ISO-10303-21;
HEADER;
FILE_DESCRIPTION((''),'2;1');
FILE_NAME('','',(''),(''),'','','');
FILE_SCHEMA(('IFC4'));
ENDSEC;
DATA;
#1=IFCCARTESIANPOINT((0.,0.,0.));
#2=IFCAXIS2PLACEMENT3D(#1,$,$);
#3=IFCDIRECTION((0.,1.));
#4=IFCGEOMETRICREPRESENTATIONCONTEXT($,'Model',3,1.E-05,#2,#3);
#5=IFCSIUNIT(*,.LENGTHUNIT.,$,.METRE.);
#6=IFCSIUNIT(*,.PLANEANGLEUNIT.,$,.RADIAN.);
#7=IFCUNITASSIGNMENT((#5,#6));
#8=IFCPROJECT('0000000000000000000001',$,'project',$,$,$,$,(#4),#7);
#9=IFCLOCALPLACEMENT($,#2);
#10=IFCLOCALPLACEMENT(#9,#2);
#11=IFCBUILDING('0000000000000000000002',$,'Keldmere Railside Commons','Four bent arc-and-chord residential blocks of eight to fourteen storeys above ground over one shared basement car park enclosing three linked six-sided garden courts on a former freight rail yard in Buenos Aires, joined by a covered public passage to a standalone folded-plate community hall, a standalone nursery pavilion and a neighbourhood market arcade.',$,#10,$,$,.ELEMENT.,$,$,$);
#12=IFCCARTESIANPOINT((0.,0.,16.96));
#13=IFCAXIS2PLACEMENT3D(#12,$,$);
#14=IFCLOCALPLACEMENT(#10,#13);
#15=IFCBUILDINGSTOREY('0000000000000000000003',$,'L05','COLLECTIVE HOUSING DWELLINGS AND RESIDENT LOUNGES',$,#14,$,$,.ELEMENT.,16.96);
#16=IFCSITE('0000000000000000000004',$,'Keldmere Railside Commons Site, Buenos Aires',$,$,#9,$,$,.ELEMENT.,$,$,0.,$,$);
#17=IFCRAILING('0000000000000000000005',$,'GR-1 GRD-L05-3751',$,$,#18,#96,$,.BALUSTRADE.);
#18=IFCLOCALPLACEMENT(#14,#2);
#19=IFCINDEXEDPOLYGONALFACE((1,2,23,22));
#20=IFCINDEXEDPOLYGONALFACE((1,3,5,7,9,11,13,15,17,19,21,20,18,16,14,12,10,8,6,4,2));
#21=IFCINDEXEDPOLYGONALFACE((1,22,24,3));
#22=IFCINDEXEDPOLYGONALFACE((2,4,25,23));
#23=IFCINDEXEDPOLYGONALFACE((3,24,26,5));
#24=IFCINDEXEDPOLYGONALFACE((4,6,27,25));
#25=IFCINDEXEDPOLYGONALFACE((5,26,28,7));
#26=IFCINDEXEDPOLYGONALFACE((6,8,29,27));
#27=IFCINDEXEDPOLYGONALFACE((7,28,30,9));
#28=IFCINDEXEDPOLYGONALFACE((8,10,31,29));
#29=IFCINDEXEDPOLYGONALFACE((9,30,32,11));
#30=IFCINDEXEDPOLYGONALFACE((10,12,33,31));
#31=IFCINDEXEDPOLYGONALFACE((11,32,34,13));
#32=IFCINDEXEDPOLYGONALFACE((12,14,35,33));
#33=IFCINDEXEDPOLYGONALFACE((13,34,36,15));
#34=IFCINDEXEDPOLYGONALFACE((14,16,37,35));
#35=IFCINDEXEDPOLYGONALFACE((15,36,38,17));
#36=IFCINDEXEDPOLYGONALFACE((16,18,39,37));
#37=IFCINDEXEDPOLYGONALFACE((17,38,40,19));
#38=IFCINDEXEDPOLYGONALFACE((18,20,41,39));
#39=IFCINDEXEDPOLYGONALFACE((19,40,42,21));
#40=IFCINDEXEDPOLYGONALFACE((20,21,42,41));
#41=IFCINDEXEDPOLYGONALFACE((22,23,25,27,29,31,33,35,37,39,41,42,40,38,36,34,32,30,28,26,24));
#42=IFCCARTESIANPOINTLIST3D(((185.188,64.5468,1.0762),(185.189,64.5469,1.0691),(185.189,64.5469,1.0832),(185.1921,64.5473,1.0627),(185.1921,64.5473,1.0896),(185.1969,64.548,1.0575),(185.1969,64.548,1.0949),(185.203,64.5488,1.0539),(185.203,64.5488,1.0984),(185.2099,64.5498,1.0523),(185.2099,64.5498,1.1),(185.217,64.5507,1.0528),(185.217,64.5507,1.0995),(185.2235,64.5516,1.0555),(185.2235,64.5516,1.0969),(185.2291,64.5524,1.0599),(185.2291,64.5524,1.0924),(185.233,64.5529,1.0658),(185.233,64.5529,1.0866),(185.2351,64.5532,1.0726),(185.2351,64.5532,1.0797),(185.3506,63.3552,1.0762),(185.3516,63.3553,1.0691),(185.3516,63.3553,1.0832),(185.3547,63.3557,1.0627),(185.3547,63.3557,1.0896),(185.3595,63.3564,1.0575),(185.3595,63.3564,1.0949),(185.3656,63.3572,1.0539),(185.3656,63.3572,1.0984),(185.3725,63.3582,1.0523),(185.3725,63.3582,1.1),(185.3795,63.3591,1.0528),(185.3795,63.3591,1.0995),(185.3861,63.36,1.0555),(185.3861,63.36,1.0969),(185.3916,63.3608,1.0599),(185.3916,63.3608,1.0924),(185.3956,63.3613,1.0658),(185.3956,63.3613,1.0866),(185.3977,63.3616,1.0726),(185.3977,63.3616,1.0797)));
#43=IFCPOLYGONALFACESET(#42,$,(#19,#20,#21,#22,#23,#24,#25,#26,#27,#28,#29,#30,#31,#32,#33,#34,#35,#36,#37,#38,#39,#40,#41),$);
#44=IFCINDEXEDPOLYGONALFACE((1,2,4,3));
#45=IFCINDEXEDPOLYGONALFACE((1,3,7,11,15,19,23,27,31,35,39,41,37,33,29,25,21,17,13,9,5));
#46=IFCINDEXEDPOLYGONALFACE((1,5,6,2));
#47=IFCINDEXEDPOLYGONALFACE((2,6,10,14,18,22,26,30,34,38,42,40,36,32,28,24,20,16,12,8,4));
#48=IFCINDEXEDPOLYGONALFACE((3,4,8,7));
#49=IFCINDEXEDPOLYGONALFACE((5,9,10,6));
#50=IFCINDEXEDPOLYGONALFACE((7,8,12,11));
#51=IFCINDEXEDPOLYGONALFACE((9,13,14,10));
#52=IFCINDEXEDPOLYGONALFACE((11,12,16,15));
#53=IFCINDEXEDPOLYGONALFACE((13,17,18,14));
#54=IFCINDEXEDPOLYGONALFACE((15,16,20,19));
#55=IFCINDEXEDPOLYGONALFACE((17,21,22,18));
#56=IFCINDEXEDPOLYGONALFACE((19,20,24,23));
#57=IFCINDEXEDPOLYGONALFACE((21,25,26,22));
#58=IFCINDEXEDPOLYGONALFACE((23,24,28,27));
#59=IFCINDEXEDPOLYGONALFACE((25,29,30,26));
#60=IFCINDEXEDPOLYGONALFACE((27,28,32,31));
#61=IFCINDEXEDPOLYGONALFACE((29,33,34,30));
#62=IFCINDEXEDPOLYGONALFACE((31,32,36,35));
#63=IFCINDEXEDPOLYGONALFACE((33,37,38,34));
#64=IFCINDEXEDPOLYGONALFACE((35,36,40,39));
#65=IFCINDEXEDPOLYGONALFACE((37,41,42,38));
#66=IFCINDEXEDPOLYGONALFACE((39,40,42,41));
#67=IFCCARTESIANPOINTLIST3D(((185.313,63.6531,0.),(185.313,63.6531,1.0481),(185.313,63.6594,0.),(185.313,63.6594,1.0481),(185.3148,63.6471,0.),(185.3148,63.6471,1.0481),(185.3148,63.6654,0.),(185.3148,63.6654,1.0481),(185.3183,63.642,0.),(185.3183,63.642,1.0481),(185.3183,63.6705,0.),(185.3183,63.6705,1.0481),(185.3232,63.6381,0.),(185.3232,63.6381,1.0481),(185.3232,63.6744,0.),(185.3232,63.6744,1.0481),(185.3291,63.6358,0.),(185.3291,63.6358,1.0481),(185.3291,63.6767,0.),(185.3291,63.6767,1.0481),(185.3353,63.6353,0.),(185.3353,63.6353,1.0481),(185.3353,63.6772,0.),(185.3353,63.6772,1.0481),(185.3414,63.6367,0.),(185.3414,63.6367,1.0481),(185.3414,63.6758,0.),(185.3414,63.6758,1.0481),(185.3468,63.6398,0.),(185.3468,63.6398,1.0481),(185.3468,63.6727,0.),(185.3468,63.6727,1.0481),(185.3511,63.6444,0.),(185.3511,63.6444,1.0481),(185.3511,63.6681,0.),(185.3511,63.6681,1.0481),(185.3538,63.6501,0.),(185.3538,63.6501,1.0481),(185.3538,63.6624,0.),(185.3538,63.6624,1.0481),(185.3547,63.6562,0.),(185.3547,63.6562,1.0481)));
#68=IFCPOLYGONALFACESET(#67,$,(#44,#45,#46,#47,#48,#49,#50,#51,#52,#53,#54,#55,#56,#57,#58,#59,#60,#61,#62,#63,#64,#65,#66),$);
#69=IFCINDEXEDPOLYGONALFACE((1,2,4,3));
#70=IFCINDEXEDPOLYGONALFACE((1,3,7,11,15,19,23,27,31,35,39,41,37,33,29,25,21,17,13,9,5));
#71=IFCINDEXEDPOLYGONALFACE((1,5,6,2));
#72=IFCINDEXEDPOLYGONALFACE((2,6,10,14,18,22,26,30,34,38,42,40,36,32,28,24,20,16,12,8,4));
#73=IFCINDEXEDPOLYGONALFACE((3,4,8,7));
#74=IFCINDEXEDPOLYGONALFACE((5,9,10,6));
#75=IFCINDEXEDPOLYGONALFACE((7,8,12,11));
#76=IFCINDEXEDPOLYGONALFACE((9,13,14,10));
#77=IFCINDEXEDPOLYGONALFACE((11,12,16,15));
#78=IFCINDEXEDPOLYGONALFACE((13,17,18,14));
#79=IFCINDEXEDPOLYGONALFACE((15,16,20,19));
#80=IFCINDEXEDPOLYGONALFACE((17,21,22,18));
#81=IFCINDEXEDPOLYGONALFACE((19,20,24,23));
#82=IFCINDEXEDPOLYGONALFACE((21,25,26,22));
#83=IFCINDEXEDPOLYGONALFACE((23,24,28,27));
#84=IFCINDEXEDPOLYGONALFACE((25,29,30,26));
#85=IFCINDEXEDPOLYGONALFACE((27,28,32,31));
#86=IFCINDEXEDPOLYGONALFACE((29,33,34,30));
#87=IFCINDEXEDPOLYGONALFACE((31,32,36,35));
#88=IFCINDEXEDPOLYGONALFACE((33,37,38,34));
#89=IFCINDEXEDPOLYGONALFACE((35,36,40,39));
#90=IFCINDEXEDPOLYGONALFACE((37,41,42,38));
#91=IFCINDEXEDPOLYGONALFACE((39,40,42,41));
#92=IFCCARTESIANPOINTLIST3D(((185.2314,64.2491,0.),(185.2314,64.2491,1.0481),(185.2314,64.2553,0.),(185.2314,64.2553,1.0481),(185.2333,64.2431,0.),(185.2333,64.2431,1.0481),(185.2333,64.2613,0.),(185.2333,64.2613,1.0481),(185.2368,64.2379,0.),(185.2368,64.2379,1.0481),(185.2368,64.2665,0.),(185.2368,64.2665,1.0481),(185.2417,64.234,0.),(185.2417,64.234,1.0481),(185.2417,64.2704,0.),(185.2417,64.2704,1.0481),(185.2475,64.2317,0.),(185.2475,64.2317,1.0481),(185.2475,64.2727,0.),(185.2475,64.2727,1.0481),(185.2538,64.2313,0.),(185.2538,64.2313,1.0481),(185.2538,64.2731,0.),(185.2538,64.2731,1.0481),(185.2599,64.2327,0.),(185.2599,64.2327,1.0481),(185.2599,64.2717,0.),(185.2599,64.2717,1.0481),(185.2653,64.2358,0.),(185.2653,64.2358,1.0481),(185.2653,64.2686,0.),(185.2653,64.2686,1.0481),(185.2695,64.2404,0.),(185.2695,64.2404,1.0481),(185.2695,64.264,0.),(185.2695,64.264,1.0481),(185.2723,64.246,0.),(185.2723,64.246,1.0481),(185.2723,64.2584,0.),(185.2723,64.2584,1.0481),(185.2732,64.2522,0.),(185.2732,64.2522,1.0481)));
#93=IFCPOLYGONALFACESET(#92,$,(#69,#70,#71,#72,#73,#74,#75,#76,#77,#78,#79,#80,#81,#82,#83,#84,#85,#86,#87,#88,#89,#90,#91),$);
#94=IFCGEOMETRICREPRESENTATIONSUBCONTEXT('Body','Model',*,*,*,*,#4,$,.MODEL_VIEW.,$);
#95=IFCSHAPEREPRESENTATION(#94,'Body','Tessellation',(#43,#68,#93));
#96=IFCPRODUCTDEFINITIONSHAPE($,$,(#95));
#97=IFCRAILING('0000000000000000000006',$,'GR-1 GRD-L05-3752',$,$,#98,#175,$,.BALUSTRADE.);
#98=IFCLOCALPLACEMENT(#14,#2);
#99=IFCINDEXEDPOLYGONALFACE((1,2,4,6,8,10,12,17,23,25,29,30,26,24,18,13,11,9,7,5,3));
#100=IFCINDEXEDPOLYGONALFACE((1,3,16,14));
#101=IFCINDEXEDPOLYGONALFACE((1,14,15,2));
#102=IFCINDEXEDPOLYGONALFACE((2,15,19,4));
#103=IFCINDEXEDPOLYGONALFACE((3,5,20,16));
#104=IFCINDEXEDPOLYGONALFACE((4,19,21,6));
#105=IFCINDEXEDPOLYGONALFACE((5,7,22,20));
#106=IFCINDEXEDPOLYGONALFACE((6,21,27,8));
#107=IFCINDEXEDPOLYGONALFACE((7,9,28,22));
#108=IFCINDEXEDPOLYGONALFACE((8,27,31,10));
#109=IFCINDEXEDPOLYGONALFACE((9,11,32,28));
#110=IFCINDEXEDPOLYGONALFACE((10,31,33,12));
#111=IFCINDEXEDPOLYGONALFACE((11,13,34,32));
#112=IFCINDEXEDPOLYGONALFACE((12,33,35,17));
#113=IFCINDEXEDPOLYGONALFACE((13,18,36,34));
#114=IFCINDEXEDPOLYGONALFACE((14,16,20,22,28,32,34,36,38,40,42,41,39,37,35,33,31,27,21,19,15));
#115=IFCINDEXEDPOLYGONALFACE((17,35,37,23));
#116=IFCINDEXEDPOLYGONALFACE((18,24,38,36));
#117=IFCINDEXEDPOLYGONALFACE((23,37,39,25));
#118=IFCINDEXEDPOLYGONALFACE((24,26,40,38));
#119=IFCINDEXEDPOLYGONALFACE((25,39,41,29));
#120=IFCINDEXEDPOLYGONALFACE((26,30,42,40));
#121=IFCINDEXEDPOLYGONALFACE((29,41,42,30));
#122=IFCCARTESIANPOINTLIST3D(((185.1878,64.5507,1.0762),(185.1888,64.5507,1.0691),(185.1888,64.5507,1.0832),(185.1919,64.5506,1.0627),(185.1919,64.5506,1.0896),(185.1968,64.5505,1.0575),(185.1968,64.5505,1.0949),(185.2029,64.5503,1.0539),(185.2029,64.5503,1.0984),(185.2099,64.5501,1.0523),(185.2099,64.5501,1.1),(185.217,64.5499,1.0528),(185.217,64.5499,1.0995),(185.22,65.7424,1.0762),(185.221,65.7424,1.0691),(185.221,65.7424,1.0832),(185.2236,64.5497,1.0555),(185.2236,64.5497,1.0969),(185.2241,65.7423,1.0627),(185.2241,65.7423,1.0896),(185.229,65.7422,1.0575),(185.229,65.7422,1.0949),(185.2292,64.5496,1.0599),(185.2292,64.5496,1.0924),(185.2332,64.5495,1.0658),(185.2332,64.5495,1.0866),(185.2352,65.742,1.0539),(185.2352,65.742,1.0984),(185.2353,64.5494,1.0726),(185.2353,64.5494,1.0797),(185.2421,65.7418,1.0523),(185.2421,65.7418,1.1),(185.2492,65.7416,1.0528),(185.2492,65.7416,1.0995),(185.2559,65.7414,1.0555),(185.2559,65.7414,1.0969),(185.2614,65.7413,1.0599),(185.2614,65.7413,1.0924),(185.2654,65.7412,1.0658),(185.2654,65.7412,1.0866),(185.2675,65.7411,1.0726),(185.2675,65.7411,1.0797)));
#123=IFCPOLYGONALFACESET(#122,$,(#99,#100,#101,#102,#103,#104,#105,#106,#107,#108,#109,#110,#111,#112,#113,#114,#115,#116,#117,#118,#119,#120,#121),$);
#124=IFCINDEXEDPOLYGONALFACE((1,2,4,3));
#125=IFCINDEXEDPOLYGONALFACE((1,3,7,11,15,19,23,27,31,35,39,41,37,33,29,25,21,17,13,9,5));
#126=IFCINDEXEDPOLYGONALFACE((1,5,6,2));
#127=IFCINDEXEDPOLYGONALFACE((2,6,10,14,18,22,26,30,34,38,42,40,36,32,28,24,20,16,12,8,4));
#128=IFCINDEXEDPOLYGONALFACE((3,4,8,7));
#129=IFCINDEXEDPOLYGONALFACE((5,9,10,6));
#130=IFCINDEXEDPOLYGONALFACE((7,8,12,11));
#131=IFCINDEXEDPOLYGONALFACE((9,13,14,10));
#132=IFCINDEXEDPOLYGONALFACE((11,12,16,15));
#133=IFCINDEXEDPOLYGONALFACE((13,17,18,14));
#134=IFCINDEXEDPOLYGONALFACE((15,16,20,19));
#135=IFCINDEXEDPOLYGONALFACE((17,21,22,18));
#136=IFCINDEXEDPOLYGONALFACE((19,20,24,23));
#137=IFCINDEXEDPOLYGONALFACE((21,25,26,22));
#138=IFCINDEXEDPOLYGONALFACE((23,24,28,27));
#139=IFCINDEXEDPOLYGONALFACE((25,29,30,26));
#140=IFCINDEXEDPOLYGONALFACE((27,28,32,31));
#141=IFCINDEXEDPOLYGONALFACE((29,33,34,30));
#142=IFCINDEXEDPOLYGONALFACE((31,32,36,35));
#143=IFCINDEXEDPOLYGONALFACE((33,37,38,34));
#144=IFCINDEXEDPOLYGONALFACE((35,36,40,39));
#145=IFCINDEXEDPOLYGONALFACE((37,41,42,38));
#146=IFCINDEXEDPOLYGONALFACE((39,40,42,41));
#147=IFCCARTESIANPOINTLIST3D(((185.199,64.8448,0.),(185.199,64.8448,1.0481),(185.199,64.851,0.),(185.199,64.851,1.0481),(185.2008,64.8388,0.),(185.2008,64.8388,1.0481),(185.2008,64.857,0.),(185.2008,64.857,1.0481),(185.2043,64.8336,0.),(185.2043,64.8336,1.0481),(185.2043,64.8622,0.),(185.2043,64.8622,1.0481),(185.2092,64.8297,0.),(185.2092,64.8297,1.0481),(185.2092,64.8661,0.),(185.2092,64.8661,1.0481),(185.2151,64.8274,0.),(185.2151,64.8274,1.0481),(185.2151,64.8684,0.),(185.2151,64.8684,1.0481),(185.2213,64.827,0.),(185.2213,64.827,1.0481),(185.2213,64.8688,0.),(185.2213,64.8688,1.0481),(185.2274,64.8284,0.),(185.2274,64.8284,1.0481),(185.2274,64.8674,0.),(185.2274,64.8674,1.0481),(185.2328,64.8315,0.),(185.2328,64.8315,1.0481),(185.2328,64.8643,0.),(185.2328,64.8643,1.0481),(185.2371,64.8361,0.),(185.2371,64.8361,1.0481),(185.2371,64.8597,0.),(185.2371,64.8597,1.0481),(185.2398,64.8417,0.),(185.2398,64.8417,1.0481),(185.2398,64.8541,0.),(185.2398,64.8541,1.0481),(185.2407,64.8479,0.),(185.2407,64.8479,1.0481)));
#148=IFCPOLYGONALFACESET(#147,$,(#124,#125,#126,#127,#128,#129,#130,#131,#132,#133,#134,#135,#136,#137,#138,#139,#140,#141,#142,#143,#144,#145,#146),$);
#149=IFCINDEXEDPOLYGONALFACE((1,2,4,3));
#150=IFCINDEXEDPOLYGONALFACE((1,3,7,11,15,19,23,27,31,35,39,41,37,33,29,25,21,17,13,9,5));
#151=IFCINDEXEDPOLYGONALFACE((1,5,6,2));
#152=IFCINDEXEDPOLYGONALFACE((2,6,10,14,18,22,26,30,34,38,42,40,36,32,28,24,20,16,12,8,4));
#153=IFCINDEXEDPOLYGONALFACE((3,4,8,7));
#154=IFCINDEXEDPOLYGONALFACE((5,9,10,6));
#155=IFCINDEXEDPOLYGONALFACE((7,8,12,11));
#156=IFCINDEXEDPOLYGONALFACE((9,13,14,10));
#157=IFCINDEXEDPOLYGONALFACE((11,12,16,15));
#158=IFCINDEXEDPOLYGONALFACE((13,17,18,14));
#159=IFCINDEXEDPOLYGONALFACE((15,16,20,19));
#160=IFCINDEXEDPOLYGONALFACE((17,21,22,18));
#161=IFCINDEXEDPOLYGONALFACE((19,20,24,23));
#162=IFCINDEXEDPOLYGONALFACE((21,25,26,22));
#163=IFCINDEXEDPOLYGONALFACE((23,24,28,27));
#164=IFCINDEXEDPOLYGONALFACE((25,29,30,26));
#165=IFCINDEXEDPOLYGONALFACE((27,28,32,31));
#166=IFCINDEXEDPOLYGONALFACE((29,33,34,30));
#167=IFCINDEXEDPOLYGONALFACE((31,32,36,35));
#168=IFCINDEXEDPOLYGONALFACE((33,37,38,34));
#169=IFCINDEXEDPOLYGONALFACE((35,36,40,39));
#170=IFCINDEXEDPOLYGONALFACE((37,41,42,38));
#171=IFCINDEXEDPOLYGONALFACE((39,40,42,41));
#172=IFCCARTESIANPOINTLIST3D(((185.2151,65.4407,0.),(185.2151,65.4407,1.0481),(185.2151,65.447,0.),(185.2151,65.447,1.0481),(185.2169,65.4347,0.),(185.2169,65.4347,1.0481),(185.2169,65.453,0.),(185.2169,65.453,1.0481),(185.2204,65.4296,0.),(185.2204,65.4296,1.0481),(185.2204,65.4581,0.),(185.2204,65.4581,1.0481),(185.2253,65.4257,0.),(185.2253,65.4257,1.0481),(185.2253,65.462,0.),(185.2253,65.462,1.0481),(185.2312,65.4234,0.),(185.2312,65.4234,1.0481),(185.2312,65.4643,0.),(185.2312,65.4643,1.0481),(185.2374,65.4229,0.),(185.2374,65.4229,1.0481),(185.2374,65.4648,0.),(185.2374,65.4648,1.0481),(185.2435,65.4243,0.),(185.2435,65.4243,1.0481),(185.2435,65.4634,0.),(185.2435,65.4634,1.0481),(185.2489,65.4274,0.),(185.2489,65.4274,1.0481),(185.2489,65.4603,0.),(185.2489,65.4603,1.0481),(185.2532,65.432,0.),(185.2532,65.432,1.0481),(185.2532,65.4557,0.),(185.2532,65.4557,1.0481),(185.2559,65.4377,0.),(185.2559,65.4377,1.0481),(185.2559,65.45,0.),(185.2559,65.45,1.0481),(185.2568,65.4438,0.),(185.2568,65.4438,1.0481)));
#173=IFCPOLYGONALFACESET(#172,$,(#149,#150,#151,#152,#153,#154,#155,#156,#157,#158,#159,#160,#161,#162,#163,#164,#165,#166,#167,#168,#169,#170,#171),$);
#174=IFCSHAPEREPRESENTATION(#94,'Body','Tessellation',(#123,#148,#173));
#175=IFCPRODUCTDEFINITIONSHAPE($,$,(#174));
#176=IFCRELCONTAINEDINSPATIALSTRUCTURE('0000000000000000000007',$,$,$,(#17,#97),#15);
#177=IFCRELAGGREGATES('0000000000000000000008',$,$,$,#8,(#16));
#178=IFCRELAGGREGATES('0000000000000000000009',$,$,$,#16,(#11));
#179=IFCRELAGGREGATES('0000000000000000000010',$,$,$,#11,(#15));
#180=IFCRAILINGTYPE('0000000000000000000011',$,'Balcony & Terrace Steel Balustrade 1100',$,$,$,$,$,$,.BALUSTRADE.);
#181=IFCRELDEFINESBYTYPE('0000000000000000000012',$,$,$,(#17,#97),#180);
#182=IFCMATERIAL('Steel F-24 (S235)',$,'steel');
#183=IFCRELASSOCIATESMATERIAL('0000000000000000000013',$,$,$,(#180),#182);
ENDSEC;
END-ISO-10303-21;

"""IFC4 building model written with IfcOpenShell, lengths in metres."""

from ifc_helpers import new_model, si_unit, direction, frame, origin, origin_2d, place, context, subcontext, project, spatial, circle, extrude, material, type_object, element, save


model = new_model("IFC4")

# Units and contexts
model_context = context("Model", 3, precision=1e-05, world=origin(), true_north=direction((0.0, 1.0)))
body_context = subcontext(model_context, "Body", "Model", "MODEL_VIEW")
ifc_project = project(units=[si_unit("LENGTHUNIT", "METRE"), si_unit("PLANEANGLEUNIT", "RADIAN")], contexts=[model_context])

# Site, building, storey
site_placement = place(None, origin())
site = spatial("IfcSite", under=ifc_project, at=site_placement, Name="Keldmere Railside Commons Site, Buenos Aires", CompositionType="ELEMENT", RefElevation=0.0)
building_placement = place(site_placement, origin())
building = spatial("IfcBuilding", under=site, at=building_placement, Name="Keldmere Railside Commons", Description="Four bent arc-and-chord residential blocks of eight to fourteen storeys above ground over one shared basement car park enclosing three linked six-sided garden courts on a former freight rail yard in Buenos Aires, joined by a covered public passage to a standalone folded-plate community hall, a standalone nursery pavilion and a neighbourhood market arcade.", CompositionType="ELEMENT")
storey_placement = place(building_placement, frame((0.0, 0.0, 16.96)))
storey = spatial("IfcBuildingStorey", under=building, at=storey_placement, Name="L05", Description="COLLECTIVE HOUSING DWELLINGS AND RESIDENT LOUNGES", CompositionType="ELEMENT", Elevation=16.96)

# Railings
ifc_material_1 = material(Name="Steel F-24 (S235)", Category="steel")
railing_type = type_object("IfcRailingType", Name="Balcony & Terrace Steel Balustrade 1100", PredefinedType="BALUSTRADE", material=ifc_material_1)
railing_1_placement = place(storey_placement, frame((185.3743, 63.3584, 0.0)))
element("IfcRailing", 1, at=railing_1_placement, inside=storey, type_object=railing_type, Name="GR-1 GRD-L05-3751", PredefinedType="BALUSTRADE", context=body_context, shape_type="SweptSolid", body=[
    extrude(circle(Radius=0.0239, at=origin_2d()), frame((0.0, 0.0, 1.0762), z_axis=(-0.135195, 0.990819, 0.0), x_axis=(-0.990819, -0.135195, 0.0)), (0.0, 0.0, 1.0), 1.2026),
    extrude(circle(Radius=0.021, at=origin_2d()), frame((-0.0405, 0.2979, 0.0)), (0.0, 0.0, 1.0), 1.0481),
    extrude(circle(Radius=0.021, at=origin_2d()), frame((-0.1221, 0.8938, 0.0)), (0.0, 0.0, 1.0), 1.0481),
])
railing_2_placement = place(storey_placement, frame((185.2117, 64.55, 0.0)))
element("IfcRailing", 2, at=railing_2_placement, inside=storey, type_object=railing_type, Name="GR-1 GRD-L05-3752", PredefinedType="BALUSTRADE", context=body_context, shape_type="SweptSolid", body=[
    extrude(circle(Radius=0.0239, at=origin_2d()), frame((0.0, 0.0, 1.0762), z_axis=(0.027034, 0.999635, 0.0), x_axis=(-0.999635, 0.027034, 0.0)), (0.0, 0.0, 1.0), 1.1921),
    extrude(circle(Radius=0.021, at=origin_2d()), frame((0.0081, 0.2979, 0.0)), (0.0, 0.0, 1.0), 1.0481),
    extrude(circle(Radius=0.021, at=origin_2d()), frame((0.0242, 0.8938, 0.0)), (0.0, 0.0, 1.0), 1.0481),
])

save(model, "model.ifc")
